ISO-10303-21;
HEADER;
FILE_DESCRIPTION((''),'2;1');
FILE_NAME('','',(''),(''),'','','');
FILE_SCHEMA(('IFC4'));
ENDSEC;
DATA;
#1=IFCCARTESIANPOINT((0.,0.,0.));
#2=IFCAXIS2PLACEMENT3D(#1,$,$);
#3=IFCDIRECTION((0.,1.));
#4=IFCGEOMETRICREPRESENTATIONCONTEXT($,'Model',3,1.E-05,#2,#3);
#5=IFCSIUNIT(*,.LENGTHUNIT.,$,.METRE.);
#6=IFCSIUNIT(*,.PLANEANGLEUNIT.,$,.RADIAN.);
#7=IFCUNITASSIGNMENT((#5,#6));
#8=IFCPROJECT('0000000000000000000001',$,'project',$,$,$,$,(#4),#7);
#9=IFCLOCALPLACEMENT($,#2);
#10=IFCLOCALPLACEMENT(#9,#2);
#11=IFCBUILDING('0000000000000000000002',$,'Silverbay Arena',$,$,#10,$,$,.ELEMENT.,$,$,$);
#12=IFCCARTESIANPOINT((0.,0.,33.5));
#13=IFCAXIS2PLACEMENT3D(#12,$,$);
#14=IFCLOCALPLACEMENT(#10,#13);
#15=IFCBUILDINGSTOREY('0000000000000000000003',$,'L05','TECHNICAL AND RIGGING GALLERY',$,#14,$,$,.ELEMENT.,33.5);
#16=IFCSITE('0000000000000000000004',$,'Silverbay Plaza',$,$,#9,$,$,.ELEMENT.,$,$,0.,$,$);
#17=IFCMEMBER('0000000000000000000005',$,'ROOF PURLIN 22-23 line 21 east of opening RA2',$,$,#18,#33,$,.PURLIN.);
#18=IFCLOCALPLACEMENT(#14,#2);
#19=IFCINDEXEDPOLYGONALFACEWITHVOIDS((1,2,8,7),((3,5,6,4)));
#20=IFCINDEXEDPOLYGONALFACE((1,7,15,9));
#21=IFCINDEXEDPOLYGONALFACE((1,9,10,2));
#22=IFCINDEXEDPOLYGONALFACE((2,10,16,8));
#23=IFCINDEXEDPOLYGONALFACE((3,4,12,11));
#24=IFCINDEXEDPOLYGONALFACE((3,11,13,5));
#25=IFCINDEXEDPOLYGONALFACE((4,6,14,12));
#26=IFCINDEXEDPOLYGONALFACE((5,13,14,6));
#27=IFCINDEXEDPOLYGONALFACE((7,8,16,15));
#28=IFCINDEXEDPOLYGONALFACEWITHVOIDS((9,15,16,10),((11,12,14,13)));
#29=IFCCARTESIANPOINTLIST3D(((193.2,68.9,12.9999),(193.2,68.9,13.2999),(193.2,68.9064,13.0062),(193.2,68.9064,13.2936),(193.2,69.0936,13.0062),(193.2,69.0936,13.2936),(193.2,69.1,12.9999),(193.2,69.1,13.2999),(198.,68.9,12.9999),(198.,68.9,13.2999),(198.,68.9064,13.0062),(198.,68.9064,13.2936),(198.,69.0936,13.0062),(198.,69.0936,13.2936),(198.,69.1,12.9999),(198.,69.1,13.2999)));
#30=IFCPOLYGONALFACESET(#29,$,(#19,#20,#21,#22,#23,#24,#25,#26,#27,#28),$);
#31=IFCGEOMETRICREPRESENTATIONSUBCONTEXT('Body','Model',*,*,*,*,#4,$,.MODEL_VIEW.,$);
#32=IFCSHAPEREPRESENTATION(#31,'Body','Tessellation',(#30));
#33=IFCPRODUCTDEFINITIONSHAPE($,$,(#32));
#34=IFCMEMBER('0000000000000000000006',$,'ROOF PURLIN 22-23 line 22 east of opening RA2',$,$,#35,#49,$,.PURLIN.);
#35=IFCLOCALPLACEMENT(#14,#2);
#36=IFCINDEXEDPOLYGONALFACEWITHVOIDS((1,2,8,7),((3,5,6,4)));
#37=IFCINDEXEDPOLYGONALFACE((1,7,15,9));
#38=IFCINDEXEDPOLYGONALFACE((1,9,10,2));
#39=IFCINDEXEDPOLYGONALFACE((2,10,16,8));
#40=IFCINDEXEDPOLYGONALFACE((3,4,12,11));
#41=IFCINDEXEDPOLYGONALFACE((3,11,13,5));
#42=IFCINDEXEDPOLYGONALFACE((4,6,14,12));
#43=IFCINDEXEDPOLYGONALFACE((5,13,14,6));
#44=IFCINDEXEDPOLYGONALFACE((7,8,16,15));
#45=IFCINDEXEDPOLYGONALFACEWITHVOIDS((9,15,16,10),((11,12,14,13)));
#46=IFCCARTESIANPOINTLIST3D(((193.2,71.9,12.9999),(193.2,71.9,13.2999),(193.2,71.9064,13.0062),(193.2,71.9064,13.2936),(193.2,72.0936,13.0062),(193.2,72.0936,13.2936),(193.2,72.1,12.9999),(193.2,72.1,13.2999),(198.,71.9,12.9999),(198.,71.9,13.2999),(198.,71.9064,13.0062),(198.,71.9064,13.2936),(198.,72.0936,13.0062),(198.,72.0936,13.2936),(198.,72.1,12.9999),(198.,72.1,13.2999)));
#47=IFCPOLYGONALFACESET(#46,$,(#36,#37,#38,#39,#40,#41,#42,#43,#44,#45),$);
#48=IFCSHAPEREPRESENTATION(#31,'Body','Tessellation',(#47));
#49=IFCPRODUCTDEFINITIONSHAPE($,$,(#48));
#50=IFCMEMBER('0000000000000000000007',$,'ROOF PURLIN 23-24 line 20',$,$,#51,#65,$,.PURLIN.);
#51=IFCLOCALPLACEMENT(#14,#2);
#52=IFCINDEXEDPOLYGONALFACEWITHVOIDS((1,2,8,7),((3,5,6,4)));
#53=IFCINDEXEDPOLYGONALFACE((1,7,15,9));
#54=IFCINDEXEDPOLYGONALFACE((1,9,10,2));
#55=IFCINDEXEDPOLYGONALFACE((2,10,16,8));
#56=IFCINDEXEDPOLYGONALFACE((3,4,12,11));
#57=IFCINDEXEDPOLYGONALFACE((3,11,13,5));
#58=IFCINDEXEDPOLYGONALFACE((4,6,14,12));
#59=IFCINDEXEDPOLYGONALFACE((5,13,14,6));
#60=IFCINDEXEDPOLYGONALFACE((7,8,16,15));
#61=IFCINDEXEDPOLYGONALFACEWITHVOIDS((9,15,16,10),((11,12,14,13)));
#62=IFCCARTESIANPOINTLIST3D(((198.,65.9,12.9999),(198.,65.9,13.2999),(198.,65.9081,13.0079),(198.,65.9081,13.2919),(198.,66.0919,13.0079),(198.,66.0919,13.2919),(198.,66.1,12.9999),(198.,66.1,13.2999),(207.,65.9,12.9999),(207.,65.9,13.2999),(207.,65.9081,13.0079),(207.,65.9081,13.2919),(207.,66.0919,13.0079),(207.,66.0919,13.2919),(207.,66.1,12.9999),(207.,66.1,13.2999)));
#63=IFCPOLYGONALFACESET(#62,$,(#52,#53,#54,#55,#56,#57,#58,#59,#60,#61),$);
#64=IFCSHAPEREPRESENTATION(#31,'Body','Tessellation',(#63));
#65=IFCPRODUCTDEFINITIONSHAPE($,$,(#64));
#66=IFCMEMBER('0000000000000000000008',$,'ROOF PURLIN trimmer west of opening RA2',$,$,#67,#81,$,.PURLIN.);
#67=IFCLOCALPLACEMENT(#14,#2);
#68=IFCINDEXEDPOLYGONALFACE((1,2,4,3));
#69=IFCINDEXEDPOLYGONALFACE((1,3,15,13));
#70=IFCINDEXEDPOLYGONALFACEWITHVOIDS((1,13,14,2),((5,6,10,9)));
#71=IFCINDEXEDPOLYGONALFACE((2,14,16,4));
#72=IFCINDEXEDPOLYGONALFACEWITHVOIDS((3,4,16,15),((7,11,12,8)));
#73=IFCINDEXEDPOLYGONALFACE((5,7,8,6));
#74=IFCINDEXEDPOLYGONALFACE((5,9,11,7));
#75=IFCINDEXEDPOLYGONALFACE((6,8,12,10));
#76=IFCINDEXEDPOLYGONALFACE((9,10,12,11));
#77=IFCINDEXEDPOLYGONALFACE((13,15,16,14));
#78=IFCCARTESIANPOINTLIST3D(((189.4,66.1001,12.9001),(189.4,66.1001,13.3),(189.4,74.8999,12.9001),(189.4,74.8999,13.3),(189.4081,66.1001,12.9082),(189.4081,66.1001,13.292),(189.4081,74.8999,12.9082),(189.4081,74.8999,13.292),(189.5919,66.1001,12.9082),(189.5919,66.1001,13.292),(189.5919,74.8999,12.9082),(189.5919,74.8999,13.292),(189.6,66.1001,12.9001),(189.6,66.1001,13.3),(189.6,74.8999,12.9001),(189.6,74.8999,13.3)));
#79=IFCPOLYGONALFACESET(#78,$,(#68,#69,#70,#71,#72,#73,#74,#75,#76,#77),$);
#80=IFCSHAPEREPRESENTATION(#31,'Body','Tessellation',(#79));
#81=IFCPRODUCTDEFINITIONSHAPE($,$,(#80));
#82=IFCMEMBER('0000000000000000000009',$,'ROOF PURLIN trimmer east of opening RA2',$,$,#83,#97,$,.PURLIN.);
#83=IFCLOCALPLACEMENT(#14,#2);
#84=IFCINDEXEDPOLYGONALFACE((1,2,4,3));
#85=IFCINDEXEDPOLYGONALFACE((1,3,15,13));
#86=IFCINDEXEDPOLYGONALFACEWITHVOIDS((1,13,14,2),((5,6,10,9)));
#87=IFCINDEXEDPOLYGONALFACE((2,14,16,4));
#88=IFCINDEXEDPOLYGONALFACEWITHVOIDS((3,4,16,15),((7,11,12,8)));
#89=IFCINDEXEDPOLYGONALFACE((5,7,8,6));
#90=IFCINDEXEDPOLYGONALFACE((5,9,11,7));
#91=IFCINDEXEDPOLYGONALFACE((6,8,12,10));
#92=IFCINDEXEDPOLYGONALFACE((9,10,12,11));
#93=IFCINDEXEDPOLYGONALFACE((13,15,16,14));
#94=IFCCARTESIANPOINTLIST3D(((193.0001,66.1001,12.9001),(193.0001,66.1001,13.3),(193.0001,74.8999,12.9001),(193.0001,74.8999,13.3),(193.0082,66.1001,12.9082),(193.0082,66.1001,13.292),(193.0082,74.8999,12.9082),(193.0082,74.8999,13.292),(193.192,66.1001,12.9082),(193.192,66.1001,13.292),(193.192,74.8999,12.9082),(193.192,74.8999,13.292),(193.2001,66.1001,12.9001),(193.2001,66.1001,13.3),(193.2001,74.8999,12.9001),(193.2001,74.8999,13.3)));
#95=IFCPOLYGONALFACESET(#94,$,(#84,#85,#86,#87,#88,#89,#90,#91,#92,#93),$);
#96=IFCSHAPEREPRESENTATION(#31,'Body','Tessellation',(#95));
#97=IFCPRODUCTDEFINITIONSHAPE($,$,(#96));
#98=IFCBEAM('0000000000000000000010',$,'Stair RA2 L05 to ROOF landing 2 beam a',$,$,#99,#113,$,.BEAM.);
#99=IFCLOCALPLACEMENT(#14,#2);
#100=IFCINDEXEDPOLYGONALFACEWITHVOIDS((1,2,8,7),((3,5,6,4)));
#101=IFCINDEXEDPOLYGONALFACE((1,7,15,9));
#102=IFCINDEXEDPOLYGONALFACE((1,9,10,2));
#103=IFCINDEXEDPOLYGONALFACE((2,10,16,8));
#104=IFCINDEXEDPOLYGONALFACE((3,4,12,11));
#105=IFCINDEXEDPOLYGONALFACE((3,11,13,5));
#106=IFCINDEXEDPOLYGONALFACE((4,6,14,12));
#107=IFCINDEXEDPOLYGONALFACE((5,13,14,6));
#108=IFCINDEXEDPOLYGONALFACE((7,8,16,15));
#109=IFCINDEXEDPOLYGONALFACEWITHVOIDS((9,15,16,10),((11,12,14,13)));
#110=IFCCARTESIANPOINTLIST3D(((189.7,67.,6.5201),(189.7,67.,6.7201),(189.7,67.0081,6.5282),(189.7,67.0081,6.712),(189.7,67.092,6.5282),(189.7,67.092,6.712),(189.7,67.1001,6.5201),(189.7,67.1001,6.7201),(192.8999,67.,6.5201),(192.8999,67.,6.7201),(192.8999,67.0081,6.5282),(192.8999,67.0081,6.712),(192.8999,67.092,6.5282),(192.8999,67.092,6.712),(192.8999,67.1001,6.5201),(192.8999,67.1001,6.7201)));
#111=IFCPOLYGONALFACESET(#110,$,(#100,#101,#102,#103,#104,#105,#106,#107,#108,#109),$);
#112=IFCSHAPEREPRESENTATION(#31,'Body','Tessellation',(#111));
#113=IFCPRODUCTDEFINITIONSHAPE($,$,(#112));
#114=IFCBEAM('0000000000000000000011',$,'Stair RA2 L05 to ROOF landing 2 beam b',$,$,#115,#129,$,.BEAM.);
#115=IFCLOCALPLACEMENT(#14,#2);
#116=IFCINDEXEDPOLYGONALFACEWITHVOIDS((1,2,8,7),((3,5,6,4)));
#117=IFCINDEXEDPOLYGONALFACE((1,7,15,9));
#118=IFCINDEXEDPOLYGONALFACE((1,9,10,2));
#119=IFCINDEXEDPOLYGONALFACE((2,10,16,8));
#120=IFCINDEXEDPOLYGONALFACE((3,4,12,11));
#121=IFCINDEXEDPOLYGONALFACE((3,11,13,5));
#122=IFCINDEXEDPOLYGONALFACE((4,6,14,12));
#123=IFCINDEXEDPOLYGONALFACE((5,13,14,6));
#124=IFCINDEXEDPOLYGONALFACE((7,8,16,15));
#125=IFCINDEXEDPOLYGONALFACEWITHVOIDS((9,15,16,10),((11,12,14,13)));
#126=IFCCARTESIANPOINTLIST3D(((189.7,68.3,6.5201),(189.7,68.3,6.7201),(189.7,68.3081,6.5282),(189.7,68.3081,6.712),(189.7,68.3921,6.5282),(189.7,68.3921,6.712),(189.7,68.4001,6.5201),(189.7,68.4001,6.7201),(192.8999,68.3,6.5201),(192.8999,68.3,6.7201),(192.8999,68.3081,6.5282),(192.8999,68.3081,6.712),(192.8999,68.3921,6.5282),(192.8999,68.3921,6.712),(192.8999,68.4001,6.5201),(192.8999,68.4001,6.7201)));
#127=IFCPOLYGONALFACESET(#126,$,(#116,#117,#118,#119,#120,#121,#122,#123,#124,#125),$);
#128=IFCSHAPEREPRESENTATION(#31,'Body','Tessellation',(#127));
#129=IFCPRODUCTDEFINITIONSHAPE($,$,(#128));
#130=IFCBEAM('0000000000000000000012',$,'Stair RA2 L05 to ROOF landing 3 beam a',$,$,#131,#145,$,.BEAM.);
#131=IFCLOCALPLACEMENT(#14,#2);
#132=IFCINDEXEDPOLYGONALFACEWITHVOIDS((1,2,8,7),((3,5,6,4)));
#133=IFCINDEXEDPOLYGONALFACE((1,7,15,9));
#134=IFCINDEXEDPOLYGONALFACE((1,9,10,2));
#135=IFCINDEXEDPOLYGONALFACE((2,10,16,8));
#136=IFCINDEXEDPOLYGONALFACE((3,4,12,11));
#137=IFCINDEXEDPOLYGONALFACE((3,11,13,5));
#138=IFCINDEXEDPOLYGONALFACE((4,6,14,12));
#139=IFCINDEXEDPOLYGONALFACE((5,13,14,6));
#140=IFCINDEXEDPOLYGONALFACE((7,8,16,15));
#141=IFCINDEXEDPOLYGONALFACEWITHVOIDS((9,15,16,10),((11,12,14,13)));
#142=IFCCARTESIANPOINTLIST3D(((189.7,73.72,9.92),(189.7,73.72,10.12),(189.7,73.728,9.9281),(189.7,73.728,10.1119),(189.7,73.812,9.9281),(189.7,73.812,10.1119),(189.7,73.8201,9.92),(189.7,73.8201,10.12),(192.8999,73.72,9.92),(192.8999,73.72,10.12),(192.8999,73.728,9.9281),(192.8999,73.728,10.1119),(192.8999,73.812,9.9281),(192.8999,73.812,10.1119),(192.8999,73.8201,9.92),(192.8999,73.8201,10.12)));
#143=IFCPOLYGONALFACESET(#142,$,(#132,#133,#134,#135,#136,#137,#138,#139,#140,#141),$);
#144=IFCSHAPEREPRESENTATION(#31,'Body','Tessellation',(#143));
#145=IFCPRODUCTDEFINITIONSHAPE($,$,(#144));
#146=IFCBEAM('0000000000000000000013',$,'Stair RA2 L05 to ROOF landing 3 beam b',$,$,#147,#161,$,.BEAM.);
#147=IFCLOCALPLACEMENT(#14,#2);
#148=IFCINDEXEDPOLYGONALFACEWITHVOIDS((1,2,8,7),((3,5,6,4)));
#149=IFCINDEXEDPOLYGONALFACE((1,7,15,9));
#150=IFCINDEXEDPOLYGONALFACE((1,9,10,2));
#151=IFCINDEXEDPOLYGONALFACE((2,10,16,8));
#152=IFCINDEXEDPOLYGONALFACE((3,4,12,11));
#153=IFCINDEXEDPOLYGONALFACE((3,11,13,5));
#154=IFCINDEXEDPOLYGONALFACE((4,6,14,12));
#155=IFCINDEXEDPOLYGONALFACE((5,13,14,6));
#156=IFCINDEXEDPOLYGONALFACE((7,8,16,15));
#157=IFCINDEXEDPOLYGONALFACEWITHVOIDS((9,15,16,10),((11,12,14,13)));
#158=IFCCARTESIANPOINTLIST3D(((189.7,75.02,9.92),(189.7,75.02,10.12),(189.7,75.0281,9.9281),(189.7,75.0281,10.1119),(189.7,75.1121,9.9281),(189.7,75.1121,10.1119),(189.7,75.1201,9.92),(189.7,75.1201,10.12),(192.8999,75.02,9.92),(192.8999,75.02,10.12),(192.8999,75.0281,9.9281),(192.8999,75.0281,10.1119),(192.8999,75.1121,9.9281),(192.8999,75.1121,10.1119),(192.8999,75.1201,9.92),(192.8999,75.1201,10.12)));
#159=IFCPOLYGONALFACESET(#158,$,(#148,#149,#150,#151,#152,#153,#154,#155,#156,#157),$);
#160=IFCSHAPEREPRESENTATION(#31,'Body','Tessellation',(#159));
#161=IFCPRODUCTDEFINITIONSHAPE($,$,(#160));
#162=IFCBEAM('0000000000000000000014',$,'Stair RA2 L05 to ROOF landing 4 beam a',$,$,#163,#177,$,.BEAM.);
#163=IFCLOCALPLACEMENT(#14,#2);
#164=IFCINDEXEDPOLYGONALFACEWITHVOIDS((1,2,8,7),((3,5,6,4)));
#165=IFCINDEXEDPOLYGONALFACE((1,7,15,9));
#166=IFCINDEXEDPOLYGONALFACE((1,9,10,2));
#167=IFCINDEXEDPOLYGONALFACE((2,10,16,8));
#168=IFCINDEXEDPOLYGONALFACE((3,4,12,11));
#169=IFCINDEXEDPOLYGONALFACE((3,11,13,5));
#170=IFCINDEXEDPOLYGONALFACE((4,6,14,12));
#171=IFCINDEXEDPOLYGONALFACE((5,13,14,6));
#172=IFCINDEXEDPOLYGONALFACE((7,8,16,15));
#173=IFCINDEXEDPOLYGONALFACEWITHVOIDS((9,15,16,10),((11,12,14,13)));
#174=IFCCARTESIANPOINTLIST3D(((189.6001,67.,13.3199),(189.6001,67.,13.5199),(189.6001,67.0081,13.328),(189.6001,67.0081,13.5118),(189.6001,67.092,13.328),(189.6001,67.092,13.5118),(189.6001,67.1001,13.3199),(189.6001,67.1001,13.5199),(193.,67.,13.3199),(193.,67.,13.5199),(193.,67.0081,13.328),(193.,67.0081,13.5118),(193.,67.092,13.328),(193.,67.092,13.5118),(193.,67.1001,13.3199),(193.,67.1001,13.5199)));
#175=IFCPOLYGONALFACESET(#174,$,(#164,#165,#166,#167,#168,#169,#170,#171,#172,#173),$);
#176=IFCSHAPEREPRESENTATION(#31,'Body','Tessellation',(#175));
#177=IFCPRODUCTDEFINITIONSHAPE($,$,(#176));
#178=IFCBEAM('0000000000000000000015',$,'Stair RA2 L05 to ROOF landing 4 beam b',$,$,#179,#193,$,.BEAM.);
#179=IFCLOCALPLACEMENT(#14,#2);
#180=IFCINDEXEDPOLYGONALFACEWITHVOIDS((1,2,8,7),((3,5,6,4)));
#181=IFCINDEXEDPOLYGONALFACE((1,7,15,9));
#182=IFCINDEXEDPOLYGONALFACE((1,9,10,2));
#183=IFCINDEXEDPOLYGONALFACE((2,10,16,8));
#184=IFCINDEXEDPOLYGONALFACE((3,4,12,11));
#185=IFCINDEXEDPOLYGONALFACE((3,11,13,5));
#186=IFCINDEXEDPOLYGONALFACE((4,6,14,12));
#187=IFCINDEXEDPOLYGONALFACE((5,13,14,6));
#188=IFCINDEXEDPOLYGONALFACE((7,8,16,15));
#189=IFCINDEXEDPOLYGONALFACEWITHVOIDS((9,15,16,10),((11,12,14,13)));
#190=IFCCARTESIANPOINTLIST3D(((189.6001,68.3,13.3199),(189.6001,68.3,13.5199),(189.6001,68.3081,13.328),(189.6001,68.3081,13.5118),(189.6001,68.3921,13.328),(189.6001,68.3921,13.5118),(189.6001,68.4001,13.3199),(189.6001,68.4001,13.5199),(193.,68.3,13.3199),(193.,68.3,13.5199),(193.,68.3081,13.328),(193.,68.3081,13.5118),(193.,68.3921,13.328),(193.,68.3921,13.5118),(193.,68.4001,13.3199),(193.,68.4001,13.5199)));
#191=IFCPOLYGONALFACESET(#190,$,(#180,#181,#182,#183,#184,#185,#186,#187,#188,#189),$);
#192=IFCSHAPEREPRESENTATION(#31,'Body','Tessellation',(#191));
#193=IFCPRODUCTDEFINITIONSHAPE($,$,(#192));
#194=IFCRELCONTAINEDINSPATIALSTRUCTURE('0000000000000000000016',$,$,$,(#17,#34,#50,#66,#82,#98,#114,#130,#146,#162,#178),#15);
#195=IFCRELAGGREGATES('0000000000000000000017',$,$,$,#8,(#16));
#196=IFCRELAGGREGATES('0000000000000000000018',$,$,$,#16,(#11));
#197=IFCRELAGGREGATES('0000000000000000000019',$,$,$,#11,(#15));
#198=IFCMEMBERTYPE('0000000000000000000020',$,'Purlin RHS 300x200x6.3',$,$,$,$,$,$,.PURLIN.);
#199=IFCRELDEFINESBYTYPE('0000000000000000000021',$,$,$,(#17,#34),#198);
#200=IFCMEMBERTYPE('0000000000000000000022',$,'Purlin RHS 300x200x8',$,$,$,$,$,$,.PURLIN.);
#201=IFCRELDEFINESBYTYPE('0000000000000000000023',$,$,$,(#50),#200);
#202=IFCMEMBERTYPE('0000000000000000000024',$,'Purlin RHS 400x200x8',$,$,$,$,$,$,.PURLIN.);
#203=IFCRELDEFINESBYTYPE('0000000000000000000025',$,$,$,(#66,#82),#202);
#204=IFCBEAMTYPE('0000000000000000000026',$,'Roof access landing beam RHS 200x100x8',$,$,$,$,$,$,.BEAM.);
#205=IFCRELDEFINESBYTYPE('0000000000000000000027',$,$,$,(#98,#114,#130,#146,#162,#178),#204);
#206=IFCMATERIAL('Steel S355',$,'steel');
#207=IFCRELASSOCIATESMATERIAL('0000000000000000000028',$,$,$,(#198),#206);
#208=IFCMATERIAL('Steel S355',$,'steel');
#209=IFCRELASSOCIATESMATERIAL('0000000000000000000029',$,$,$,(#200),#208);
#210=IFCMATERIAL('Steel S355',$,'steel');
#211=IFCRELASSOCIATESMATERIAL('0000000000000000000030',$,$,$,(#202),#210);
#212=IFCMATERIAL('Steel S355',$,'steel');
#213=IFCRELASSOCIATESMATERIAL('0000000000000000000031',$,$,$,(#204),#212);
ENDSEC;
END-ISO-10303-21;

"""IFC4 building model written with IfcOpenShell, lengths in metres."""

from ifc_helpers import new_model, si_unit, direction, frame, origin, origin_2d, place, context, subcontext, project, spatial, hollow_rectangle, extrude, material, material_profile, profile_set, type_object, element, save


model = new_model("IFC4")

# Units and contexts
model_context = context("Model", 3, precision=1e-05, world=origin(), true_north=direction((0.0, 1.0)))
body_context = subcontext(model_context, "Body", "Model", "MODEL_VIEW")
ifc_project = project(units=[si_unit("LENGTHUNIT", "METRE"), si_unit("PLANEANGLEUNIT", "RADIAN")], contexts=[model_context])

# Site, building, storey
site_placement = place(None, origin())
site = spatial("IfcSite", under=ifc_project, at=site_placement, Name="Silverbay Plaza", CompositionType="ELEMENT", RefElevation=0.0)
building_placement = place(site_placement, origin())
building = spatial("IfcBuilding", under=site, at=building_placement, Name="Silverbay Arena", CompositionType="ELEMENT")
storey_placement = place(building_placement, frame((0.0, 0.0, 33.5)))
storey = spatial("IfcBuildingStorey", under=building, at=storey_placement, Name="L05", Description="TECHNICAL AND RIGGING GALLERY", CompositionType="ELEMENT", Elevation=33.5)

# Members
ifc_material_1 = material(Name="Steel S355", Category="steel")
ifc_material_profile_1 = material_profile(ifc_material_1, hollow_rectangle(XDim=0.2, YDim=0.3, WallThickness=0.0063, at=origin_2d()), Name="RHS 300x200x6.3")
ifc_profile_set_1 = profile_set([ifc_material_profile_1], Name="Steel S355")
member_type_1 = type_object("IfcMemberType", Name="Purlin RHS 300x200x6.3", PredefinedType="PURLIN", material=ifc_profile_set_1)
for number, where, z_axis, x_axis, name in (
    (1, (193.2, 69.0, 13.1499), (1.0, 0.0, 0.0), (0.0, 1.0, 0.0), "ROOF PURLIN 22-23 line 21 east of opening RA2"),
    (2, (193.2, 72.0, 13.1499), (1.0, 0.0, 0.0), (0.0, 1.0, 0.0), "ROOF PURLIN 22-23 line 22 east of opening RA2"),
):
    element("IfcMember", number, at=place(storey_placement, frame(where, z_axis=z_axis, x_axis=x_axis)), inside=storey, type_object=member_type_1, Name=name, PredefinedType="PURLIN", context=body_context, shape_type="SweptSolid", body=[
        extrude(hollow_rectangle(XDim=0.2, YDim=0.3, WallThickness=0.0063, at=origin_2d()), origin(), (0.0, 0.0, 1.0), 4.8),
    ])
ifc_material_2 = material(Name="Steel S355", Category="steel")
ifc_material_profile_2 = material_profile(ifc_material_2, hollow_rectangle(XDim=0.2, YDim=0.3, WallThickness=0.0081, at=origin_2d()), Name="RHS 300x200x8")
ifc_profile_set_2 = profile_set([ifc_material_profile_2], Name="Steel S355")
member_type_2 = type_object("IfcMemberType", Name="Purlin RHS 300x200x8", PredefinedType="PURLIN", material=ifc_profile_set_2)
member_1_placement = place(storey_placement, frame((198.0, 66.0, 13.1499), z_axis=(1.0, 0.0, 0.0), x_axis=(0.0, 1.0, 0.0)))
element("IfcMember", 3, at=member_1_placement, inside=storey, type_object=member_type_2, Name="ROOF PURLIN 23-24 line 20", PredefinedType="PURLIN", context=body_context, shape_type="SweptSolid", body=[
    extrude(hollow_rectangle(XDim=0.2, YDim=0.3, WallThickness=0.0081, at=origin_2d()), origin(), (0.0, 0.0, 1.0), 9.0),
])
ifc_material_3 = material(Name="Steel S355", Category="steel")
ifc_material_profile_3 = material_profile(ifc_material_3, hollow_rectangle(XDim=0.2, YDim=0.3999, WallThickness=0.0081, at=origin_2d()), Name="RHS 400x200x8")
ifc_profile_set_3 = profile_set([ifc_material_profile_3], Name="Steel S355")
member_type_3 = type_object("IfcMemberType", Name="Purlin RHS 400x200x8", PredefinedType="PURLIN", material=ifc_profile_set_3)
for number, where, z_axis, x_axis, name in (
    (4, (189.5, 66.1001, 13.1001), (0.0, 1.0, 0.0), (-1.0, 0.0, 0.0), "ROOF PURLIN trimmer west of opening RA2"),
    (5, (193.1001, 66.1001, 13.1001), (0.0, 1.0, 0.0), (-1.0, 0.0, 0.0), "ROOF PURLIN trimmer east of opening RA2"),
):
    element("IfcMember", number, at=place(storey_placement, frame(where, z_axis=z_axis, x_axis=x_axis)), inside=storey, type_object=member_type_3, Name=name, PredefinedType="PURLIN", context=body_context, shape_type="SweptSolid", body=[
        extrude(hollow_rectangle(XDim=0.2, YDim=0.3999, WallThickness=0.0081, at=origin_2d()), origin(), (0.0, 0.0, 1.0), 8.7998),
    ])

# Beams
ifc_material_4 = material(Name="Steel S355", Category="steel")
ifc_material_profile_4 = material_profile(ifc_material_4, hollow_rectangle(XDim=0.1001, YDim=0.2, WallThickness=0.0081, at=origin_2d()), Name="RHS 200x100x8")
ifc_profile_set_4 = profile_set([ifc_material_profile_4], Name="Steel S355")
beam_type_1 = type_object("IfcBeamType", Name="Roof access landing beam RHS 200x100x8", PredefinedType="BEAM", material=ifc_profile_set_4)
for number, where, z_axis, x_axis, name in (
    (6, (192.8999, 67.05, 6.6201), (-1.0, 0.0, 0.0), (0.0, -1.0, 0.0), "Stair RA2 L05 to ROOF landing 2 beam a"),
    (7, (192.8999, 68.3501, 6.6201), (-1.0, 0.0, 0.0), (0.0, -1.0, 0.0), "Stair RA2 L05 to ROOF landing 2 beam b"),
    (8, (192.8999, 73.77, 10.02), (-1.0, 0.0, 0.0), (0.0, -1.0, 0.0), "Stair RA2 L05 to ROOF landing 3 beam a"),
    (9, (192.8999, 75.0701, 10.02), (-1.0, 0.0, 0.0), (0.0, -1.0, 0.0), "Stair RA2 L05 to ROOF landing 3 beam b"),
):
    element("IfcBeam", number, at=place(storey_placement, frame(where, z_axis=z_axis, x_axis=x_axis)), inside=storey, type_object=beam_type_1, Name=name, PredefinedType="BEAM", context=body_context, shape_type="SweptSolid", body=[
        extrude(hollow_rectangle(XDim=0.1001, YDim=0.2, WallThickness=0.0081, at=origin_2d()), origin(), (0.0, 0.0, 1.0), 3.2),
    ])
for number, where, z_axis, x_axis, name in (
    (10, (193.0, 67.05, 13.4199), (-1.0, 0.0, 0.0), (0.0, -1.0, 0.0), "Stair RA2 L05 to ROOF landing 4 beam a"),
    (11, (193.0, 68.3501, 13.4199), (-1.0, 0.0, 0.0), (0.0, -1.0, 0.0), "Stair RA2 L05 to ROOF landing 4 beam b"),
):
    element("IfcBeam", number, at=place(storey_placement, frame(where, z_axis=z_axis, x_axis=x_axis)), inside=storey, type_object=beam_type_1, Name=name, PredefinedType="BEAM", context=body_context, shape_type="SweptSolid", body=[
        extrude(hollow_rectangle(XDim=0.1001, YDim=0.2, WallThickness=0.0081, at=origin_2d()), origin(), (0.0, 0.0, 1.0), 3.3999),
    ])

save(model, "model.ifc")
